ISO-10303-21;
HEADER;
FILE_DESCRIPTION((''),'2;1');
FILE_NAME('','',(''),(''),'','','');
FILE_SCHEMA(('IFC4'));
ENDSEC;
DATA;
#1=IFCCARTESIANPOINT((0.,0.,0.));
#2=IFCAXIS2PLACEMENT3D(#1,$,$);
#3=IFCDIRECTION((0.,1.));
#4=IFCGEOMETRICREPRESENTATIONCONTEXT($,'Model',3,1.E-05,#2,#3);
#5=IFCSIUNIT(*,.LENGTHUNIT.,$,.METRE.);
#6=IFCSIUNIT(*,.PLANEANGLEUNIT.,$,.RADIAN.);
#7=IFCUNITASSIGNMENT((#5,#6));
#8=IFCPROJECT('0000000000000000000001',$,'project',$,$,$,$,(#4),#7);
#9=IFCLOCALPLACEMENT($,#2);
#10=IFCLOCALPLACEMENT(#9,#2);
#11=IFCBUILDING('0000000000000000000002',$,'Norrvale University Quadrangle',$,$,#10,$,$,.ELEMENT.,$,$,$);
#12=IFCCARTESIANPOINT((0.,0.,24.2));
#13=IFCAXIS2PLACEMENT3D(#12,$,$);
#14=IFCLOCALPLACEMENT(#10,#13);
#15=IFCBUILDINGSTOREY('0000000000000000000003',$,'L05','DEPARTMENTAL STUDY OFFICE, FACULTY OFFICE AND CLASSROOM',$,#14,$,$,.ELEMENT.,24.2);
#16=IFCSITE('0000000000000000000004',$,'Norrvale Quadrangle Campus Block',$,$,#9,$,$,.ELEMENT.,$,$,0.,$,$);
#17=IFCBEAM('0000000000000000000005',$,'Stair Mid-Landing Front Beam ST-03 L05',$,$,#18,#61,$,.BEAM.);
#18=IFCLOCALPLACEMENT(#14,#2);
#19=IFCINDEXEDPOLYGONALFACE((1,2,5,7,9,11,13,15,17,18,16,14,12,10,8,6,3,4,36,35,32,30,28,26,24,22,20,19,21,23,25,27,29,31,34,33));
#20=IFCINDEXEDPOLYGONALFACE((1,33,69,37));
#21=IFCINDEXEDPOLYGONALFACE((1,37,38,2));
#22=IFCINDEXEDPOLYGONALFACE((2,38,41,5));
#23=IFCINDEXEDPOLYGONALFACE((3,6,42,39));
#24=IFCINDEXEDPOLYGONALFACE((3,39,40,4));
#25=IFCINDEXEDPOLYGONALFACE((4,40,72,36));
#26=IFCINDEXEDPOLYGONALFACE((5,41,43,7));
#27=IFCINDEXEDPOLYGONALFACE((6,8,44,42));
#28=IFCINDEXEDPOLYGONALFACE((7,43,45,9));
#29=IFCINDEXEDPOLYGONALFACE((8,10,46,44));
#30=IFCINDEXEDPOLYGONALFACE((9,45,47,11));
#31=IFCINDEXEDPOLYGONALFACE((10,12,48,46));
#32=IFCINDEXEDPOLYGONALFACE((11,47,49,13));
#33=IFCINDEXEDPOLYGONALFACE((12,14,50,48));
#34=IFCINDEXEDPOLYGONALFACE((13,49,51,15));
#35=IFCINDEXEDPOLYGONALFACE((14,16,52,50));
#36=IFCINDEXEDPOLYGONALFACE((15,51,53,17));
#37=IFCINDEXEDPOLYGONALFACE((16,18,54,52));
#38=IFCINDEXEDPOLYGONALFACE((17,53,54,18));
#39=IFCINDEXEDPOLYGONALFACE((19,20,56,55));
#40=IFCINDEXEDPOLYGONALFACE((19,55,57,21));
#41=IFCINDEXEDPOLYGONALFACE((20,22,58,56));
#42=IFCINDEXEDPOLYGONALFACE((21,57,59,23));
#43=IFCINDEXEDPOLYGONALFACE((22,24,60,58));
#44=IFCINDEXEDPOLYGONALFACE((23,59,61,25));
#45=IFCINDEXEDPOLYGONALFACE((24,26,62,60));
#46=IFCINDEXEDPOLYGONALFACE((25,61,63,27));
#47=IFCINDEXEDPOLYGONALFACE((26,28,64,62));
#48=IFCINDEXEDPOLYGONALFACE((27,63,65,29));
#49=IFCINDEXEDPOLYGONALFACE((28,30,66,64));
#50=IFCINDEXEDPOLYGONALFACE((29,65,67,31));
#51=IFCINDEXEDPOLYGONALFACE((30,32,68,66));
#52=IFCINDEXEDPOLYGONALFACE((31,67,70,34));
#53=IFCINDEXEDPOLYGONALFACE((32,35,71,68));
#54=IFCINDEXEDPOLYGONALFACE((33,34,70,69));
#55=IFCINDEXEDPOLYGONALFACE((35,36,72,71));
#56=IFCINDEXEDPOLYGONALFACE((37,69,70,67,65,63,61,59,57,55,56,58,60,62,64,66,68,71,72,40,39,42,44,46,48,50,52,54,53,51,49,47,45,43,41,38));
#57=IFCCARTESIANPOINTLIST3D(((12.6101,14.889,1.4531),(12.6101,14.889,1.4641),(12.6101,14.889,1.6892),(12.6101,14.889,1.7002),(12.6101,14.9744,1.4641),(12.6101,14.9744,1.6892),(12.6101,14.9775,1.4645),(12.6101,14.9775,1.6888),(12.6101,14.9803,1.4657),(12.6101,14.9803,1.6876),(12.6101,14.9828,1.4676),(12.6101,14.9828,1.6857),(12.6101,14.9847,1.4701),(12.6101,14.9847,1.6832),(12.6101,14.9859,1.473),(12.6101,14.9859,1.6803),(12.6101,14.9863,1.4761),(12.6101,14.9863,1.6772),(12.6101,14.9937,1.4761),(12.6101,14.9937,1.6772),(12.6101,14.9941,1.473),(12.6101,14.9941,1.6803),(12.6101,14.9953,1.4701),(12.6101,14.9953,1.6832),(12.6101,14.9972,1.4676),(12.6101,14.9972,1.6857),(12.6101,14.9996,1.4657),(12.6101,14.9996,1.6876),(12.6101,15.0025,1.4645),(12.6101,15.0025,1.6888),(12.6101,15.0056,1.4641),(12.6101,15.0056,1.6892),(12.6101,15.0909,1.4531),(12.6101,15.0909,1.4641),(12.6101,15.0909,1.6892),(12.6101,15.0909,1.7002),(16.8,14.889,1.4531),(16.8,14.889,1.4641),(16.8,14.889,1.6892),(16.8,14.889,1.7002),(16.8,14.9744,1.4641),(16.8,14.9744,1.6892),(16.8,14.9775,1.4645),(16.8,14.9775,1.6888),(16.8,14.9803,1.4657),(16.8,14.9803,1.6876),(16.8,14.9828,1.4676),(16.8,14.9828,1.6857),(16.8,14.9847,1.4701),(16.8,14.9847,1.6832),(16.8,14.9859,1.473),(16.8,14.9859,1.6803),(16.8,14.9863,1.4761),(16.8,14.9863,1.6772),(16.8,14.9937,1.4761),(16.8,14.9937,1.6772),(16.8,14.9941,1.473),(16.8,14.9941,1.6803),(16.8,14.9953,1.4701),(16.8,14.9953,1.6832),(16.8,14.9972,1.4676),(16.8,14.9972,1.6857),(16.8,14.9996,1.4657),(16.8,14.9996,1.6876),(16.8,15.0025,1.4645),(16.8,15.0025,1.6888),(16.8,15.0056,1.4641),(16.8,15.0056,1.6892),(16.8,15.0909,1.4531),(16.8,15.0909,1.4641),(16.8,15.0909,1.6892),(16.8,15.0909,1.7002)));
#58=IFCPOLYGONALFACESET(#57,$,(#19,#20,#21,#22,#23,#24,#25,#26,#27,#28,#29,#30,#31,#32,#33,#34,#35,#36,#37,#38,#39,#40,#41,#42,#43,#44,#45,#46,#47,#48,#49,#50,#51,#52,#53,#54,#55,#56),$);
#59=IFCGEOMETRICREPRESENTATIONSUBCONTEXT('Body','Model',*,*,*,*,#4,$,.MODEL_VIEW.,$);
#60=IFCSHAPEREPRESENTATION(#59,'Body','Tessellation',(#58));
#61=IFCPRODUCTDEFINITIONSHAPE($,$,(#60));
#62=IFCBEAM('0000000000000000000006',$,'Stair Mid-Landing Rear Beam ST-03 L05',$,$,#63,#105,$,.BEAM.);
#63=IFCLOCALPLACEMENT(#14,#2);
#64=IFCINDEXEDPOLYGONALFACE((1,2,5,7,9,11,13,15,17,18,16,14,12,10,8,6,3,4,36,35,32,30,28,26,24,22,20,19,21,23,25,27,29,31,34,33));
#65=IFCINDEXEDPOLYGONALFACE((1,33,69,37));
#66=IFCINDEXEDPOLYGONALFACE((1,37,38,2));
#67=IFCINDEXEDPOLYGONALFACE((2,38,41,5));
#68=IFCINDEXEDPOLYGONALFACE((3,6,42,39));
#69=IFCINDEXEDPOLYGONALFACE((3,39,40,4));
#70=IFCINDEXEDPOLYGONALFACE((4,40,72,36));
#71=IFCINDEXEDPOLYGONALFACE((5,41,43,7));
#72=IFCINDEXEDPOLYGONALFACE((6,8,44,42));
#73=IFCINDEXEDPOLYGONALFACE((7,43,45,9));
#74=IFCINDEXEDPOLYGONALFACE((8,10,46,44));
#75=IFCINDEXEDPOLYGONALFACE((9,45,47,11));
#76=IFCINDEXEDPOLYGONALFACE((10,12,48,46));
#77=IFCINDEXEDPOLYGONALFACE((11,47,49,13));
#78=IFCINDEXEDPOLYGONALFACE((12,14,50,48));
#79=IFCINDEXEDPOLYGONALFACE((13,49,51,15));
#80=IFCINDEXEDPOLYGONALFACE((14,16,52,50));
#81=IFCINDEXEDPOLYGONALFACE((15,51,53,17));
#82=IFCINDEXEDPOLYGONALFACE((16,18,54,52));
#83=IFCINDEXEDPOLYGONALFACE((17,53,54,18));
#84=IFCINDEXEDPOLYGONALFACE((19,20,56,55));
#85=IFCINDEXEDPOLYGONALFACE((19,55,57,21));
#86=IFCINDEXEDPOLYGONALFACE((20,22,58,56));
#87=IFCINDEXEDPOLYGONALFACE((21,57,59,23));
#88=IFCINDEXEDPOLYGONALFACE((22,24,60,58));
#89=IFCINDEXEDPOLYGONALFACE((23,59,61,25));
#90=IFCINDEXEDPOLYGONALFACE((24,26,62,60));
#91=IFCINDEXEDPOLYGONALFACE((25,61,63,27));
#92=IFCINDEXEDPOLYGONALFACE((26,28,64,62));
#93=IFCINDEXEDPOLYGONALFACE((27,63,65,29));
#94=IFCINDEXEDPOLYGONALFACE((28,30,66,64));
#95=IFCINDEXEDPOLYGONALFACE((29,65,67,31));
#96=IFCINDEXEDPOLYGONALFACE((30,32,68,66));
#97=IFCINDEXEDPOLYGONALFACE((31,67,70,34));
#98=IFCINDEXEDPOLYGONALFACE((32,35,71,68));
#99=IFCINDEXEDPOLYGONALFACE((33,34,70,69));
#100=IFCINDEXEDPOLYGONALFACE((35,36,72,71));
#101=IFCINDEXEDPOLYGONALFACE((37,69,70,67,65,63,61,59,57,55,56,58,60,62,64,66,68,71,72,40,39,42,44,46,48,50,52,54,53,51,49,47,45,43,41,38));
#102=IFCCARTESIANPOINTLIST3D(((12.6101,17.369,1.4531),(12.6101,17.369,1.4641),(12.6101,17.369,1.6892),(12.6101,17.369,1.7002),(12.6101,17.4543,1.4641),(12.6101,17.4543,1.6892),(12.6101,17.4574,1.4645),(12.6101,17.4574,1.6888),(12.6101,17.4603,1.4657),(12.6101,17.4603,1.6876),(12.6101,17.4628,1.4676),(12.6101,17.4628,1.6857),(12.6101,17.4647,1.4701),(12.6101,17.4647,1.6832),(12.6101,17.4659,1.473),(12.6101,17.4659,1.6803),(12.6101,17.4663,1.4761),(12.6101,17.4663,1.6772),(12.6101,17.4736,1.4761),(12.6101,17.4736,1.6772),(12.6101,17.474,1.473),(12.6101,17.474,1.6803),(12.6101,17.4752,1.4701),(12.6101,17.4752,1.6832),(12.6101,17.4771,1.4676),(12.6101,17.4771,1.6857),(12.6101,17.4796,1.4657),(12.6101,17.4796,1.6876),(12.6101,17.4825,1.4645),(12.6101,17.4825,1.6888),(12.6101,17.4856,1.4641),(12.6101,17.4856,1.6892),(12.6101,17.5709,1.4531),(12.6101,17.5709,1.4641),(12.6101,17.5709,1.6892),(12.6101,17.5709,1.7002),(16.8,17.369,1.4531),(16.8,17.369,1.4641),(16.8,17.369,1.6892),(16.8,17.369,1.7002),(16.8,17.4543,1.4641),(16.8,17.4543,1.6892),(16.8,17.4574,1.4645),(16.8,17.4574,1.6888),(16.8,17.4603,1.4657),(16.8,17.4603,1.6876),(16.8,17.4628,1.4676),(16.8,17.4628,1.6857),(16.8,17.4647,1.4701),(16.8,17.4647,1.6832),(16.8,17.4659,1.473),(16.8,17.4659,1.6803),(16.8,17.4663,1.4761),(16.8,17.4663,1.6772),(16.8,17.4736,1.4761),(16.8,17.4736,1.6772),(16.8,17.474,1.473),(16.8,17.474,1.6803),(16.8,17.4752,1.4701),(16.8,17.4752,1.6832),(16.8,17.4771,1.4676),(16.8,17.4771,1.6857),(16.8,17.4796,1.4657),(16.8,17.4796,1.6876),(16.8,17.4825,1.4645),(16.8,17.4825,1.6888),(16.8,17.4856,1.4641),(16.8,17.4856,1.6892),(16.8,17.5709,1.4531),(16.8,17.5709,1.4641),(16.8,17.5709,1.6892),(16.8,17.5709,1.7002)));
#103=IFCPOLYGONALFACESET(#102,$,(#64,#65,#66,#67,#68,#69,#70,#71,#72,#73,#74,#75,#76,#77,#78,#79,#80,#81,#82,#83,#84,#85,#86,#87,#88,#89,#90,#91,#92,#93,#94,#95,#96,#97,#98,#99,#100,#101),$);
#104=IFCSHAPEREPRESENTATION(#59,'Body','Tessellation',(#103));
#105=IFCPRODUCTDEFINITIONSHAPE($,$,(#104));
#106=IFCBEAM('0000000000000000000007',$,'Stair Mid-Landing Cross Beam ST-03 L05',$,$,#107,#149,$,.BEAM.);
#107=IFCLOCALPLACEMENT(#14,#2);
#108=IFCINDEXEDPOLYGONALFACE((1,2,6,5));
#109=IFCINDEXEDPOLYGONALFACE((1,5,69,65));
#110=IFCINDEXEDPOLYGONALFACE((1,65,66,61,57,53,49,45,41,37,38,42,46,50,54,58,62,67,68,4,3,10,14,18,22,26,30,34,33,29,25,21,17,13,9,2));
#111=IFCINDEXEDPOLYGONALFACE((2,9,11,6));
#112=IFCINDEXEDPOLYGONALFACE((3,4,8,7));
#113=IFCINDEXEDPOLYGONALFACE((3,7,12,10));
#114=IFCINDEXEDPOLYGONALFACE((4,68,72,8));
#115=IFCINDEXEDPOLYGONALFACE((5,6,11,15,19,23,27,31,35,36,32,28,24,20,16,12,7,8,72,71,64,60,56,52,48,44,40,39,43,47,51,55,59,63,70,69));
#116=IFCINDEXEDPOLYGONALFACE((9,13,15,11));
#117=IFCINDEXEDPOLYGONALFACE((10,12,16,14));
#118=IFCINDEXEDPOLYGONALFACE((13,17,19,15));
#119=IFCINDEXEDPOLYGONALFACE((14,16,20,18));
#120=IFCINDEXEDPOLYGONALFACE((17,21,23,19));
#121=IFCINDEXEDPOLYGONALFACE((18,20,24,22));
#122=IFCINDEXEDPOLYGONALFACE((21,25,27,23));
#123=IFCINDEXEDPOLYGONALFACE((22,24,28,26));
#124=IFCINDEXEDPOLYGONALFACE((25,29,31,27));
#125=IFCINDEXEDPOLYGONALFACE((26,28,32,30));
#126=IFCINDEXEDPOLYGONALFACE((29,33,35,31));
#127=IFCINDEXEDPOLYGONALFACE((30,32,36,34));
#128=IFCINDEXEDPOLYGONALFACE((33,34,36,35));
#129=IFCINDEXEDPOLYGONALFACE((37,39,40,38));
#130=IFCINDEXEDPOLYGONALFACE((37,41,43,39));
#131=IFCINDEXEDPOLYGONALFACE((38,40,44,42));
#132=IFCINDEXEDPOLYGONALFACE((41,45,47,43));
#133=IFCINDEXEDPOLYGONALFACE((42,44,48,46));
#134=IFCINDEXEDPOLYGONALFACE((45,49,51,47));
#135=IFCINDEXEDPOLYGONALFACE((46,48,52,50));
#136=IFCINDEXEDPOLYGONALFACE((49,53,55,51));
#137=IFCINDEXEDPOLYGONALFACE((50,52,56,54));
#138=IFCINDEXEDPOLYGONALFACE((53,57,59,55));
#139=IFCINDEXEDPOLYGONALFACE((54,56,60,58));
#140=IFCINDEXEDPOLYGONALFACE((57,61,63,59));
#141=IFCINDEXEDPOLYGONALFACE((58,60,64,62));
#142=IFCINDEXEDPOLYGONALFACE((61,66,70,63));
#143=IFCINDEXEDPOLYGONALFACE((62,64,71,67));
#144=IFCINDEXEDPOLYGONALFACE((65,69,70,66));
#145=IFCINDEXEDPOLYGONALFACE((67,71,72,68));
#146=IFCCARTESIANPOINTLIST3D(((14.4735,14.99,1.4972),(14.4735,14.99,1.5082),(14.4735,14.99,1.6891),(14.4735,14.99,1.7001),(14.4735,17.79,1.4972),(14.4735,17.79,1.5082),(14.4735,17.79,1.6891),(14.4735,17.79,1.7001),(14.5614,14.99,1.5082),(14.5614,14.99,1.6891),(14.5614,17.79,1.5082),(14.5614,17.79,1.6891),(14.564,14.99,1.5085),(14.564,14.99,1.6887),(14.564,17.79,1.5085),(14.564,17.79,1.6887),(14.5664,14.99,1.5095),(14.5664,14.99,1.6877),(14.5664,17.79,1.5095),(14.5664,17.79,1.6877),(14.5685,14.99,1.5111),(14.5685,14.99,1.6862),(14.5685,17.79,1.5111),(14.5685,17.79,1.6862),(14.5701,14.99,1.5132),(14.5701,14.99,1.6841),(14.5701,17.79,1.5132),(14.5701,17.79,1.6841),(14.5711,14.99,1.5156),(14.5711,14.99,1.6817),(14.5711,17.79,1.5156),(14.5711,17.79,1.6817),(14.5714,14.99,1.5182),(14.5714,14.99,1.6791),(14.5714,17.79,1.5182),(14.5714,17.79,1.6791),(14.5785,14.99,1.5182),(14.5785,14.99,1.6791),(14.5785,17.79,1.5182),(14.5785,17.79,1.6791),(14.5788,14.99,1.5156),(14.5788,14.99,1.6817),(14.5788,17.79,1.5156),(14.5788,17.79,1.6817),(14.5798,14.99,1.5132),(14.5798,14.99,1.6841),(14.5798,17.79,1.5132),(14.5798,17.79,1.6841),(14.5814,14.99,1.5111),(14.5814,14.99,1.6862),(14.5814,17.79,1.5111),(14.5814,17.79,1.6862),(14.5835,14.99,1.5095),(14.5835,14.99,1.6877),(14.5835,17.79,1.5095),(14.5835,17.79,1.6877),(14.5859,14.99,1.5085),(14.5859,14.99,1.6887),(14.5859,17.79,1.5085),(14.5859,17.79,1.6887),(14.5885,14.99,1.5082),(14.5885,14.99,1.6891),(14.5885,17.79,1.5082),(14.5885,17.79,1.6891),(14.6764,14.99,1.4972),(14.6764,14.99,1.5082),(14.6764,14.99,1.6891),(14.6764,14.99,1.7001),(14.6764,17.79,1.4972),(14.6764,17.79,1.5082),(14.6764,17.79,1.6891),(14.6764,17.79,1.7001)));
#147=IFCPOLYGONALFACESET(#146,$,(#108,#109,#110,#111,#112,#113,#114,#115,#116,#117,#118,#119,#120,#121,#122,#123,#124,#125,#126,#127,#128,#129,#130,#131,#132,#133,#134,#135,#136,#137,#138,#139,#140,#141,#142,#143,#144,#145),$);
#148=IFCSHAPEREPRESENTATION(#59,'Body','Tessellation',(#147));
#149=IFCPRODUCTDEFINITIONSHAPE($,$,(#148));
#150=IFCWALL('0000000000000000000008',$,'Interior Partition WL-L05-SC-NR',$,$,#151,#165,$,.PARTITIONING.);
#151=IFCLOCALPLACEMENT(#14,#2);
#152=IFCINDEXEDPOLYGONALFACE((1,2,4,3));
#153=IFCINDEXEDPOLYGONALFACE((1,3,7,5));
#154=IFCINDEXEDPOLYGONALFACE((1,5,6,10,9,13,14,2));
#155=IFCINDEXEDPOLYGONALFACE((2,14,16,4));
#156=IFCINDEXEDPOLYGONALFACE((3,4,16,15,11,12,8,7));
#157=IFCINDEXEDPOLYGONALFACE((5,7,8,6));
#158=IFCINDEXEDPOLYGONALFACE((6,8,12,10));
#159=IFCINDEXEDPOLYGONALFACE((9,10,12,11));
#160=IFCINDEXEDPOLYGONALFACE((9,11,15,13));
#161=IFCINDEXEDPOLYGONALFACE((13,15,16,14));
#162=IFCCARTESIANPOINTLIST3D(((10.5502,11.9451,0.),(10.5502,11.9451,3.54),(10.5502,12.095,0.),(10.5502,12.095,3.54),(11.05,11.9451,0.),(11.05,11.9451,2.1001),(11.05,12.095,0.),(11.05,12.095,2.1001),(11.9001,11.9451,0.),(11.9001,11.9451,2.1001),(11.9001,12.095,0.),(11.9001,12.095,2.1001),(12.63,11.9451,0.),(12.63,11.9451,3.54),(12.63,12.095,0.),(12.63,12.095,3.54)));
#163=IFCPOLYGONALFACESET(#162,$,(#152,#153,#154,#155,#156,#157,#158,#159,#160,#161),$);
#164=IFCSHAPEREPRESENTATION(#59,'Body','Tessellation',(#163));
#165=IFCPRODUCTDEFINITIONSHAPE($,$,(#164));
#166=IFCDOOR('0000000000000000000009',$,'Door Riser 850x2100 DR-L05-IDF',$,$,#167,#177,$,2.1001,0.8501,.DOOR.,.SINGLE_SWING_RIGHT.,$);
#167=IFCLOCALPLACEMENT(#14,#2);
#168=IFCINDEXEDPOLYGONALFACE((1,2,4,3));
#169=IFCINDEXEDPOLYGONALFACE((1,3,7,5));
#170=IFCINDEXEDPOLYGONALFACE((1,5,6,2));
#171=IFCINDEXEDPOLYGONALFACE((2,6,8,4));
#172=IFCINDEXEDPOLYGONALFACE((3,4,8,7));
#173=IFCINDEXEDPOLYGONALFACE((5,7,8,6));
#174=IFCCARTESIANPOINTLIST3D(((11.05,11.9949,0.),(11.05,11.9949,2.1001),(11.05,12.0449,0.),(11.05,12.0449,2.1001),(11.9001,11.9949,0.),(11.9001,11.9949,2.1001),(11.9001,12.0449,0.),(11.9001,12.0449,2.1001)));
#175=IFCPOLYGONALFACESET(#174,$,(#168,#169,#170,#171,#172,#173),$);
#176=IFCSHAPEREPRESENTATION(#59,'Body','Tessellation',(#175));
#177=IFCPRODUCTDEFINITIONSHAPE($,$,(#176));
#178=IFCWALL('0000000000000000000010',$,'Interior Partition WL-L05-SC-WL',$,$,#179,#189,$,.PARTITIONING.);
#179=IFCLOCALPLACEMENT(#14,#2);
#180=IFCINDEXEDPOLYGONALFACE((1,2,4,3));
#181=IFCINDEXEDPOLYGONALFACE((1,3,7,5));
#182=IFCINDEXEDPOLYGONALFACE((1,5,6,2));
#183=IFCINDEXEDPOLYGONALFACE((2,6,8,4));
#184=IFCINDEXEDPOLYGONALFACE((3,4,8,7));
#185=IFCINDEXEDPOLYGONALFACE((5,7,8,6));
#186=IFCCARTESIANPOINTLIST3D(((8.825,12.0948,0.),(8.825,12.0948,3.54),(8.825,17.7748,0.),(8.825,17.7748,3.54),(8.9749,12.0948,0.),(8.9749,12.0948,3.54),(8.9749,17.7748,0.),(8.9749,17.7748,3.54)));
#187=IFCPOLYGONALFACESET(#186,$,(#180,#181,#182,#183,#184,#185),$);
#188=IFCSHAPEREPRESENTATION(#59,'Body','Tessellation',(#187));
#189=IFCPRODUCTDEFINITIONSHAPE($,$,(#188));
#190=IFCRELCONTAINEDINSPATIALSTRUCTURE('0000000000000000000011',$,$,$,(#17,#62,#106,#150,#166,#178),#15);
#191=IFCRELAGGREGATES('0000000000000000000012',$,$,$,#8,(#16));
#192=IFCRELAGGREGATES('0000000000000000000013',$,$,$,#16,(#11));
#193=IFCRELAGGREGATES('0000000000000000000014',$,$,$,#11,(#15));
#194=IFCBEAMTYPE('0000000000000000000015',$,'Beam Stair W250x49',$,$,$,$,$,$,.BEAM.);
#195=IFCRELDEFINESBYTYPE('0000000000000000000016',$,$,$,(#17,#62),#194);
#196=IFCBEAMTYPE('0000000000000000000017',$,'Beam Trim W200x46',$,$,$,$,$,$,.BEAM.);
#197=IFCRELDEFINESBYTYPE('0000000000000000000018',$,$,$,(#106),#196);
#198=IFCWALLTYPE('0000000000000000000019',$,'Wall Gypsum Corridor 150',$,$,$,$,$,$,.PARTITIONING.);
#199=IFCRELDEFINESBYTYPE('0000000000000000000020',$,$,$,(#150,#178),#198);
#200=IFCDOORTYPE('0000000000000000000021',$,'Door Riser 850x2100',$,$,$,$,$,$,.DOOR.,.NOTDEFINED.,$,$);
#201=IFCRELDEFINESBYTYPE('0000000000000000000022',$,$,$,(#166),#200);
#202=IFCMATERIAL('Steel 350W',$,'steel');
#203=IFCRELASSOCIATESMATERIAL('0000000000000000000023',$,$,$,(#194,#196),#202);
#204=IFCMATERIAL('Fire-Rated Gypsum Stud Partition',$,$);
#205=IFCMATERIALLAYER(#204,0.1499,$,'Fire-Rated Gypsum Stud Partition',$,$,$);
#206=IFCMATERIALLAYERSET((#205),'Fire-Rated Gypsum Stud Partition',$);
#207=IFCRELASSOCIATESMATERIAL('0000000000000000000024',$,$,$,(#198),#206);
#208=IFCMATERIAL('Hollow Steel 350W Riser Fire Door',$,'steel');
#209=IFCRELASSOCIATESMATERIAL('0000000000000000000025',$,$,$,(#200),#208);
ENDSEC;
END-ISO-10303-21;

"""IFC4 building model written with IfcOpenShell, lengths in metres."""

from ifc_helpers import new_model, si_unit, direction, frame, frame_2d, origin, origin_2d, place, context, subcontext, project, spatial, rectangle, i_section, extrude, material, layer, layer_set, material_profile, profile_set, type_object, element, fill, save


model = new_model("IFC4")

# Units and contexts
model_context = context("Model", 3, precision=1e-05, world=origin(), true_north=direction((0.0, 1.0)))
body_context = subcontext(model_context, "Body", "Model", "MODEL_VIEW")
ifc_project = project(units=[si_unit("LENGTHUNIT", "METRE"), si_unit("PLANEANGLEUNIT", "RADIAN")], contexts=[model_context])

# Site, building, storey
site_placement = place(None, origin())
site = spatial("IfcSite", under=ifc_project, at=site_placement, Name="Norrvale Quadrangle Campus Block", CompositionType="ELEMENT", RefElevation=0.0)
building_placement = place(site_placement, origin())
building = spatial("IfcBuilding", under=site, at=building_placement, Name="Norrvale University Quadrangle", CompositionType="ELEMENT")
storey_placement = place(building_placement, frame((0.0, 0.0, 24.2)))
storey = spatial("IfcBuildingStorey", under=building, at=storey_placement, Name="L05", Description="DEPARTMENTAL STUDY OFFICE, FACULTY OFFICE AND CLASSROOM", CompositionType="ELEMENT", Elevation=24.2)

# Beams
ifc_material_1 = material(Name="Steel 350W", Category="steel")
ifc_material_profile_1 = material_profile(ifc_material_1, i_section(OverallWidth=0.2019, OverallDepth=0.2471, WebThickness=0.0073, FlangeThickness=0.011, FilletRadius=0.012, at=origin_2d()), Name="Steel 350W")
ifc_profile_set_1 = profile_set([ifc_material_profile_1], Name="Steel 350W")
beam_type_1 = type_object("IfcBeamType", Name="Beam Stair W250x49", PredefinedType="BEAM", material=ifc_profile_set_1)
for number, where, z_axis, x_axis, name in (
    (1, (12.6101, 14.99, 1.5767), (1.0, 0.0, 0.0), (0.0, 1.0, 0.0), "Stair Mid-Landing Front Beam ST-03 L05"),
    (2, (12.6101, 17.47, 1.5767), (1.0, 0.0, 0.0), (0.0, 1.0, 0.0), "Stair Mid-Landing Rear Beam ST-03 L05"),
):
    element("IfcBeam", number, at=place(storey_placement, frame(where, z_axis=z_axis, x_axis=x_axis)), inside=storey, type_object=beam_type_1, Name=name, PredefinedType="BEAM", context=body_context, shape_type="SweptSolid", body=[
        extrude(i_section(OverallWidth=0.2019, OverallDepth=0.2471, WebThickness=0.0073, FlangeThickness=0.011, FilletRadius=0.012, at=origin_2d()), origin(), (0.0, 0.0, 1.0), 4.1899),
    ])
ifc_material_profile_2 = material_profile(ifc_material_1, i_section(OverallWidth=0.2029, OverallDepth=0.2029, WebThickness=0.0071, FlangeThickness=0.011, FilletRadius=0.01, at=origin_2d()), Name="Steel 350W")
ifc_profile_set_2 = profile_set([ifc_material_profile_2], Name="Steel 350W")
beam_type_2 = type_object("IfcBeamType", Name="Beam Trim W200x46", PredefinedType="BEAM", material=ifc_profile_set_2)
beam_placement = place(storey_placement, frame((14.575, 14.99, 1.5986), z_axis=(0.0, 1.0, 0.0), x_axis=(-1.0, 0.0, 0.0)))
element("IfcBeam", 3, at=beam_placement, inside=storey, type_object=beam_type_2, Name="Stair Mid-Landing Cross Beam ST-03 L05", PredefinedType="BEAM", context=body_context, shape_type="SweptSolid", body=[
    extrude(i_section(OverallWidth=0.2029, OverallDepth=0.2029, WebThickness=0.0071, FlangeThickness=0.011, FilletRadius=0.01, at=origin_2d()), origin(), (0.0, 0.0, 1.0), 2.8),
])

# Wall, opening, door
ifc_material_2 = material(Name="Fire-Rated Gypsum Stud Partition")
ifc_layer_1 = layer(ifc_material_2, 0.1499, Name="Fire-Rated Gypsum Stud Partition")
ifc_layer_set_1 = layer_set([ifc_layer_1], Name="Fire-Rated Gypsum Stud Partition")
wall_type_1 = type_object("IfcWallType", Name="Wall Gypsum Corridor 150", PredefinedType="PARTITIONING", material=ifc_layer_set_1)
wall_1_placement = place(storey_placement, frame((10.55, 12.02, 0.0), z_axis=(0.0, 0.0, 1.0), x_axis=(1.0, 0.0, 0.0)))
wall_1 = element("IfcWall", 4, at=wall_1_placement, inside=storey, type_object=wall_type_1, Name="Interior Partition WL-L05-SC-NR", PredefinedType="PARTITIONING", context=body_context, shape_type="SweptSolid", body=[
    extrude(rectangle(XDim=2.0798, YDim=0.1499, at=frame_2d((1.04, 0.0))), origin(), (0.0, 0.0, 1.0), 3.54),
])
opening_1_placement = place(wall_1_placement, frame((0.5, 0.0, 0.0)))
opening_1 = element("IfcOpeningElement", 5, at=opening_1_placement, cuts=wall_1, PredefinedType="OPENING", context=body_context, shape_type="SweptSolid", body=[
    extrude(rectangle(XDim=0.8501, YDim=2.1001, at=frame_2d((0.425, 1.05))), frame((0.0, 0.0869, 0.0), z_axis=(0.0, -1.0, 0.0), x_axis=(1.0, 0.0, 0.0)), (0.0, 0.0, 1.0), 0.1738),
])
ifc_material_3 = material(Name="Hollow Steel 350W Riser Fire Door", Category="steel")
door_type_1 = type_object("IfcDoorType", Name="Door Riser 850x2100", OperationType="NOTDEFINED", PredefinedType="DOOR", material=ifc_material_3)
door_1_placement = place(opening_1_placement, origin())
door_1 = element("IfcDoor", 6, at=door_1_placement, inside=storey, type_object=door_type_1, Name="Door Riser 850x2100 DR-L05-IDF", OperationType="SINGLE_SWING_RIGHT", OverallHeight=2.1001, OverallWidth=0.8501, PredefinedType="DOOR", context=body_context, shape_type="SweptSolid", body=[
    extrude(rectangle(XDim=0.8501, YDim=2.1001, at=frame_2d((0.425, 1.05))), frame((0.0, 0.0249, 0.0), z_axis=(0.0, -1.0, 0.0), x_axis=(1.0, 0.0, 0.0)), (0.0, 0.0, 1.0), 0.05),
])
fill(opening_1, door_1)

# Wall
for number, where, z_axis, x_axis, name in (
    (7, (8.8999, 12.095, 0.0), (0.0, 0.0, 1.0), (0.0, 1.0, 0.0), "Interior Partition WL-L05-SC-WL"),
):
    element("IfcWall", number, at=place(storey_placement, frame(where, z_axis=z_axis, x_axis=x_axis)), inside=storey, type_object=wall_type_1, Name=name, PredefinedType="PARTITIONING", context=body_context, shape_type="SweptSolid", body=[
        extrude(rectangle(XDim=5.6799, YDim=0.1499, at=frame_2d((2.8398, 0.0))), origin(), (0.0, 0.0, 1.0), 3.54),
    ])

save(model, "model.ifc")
